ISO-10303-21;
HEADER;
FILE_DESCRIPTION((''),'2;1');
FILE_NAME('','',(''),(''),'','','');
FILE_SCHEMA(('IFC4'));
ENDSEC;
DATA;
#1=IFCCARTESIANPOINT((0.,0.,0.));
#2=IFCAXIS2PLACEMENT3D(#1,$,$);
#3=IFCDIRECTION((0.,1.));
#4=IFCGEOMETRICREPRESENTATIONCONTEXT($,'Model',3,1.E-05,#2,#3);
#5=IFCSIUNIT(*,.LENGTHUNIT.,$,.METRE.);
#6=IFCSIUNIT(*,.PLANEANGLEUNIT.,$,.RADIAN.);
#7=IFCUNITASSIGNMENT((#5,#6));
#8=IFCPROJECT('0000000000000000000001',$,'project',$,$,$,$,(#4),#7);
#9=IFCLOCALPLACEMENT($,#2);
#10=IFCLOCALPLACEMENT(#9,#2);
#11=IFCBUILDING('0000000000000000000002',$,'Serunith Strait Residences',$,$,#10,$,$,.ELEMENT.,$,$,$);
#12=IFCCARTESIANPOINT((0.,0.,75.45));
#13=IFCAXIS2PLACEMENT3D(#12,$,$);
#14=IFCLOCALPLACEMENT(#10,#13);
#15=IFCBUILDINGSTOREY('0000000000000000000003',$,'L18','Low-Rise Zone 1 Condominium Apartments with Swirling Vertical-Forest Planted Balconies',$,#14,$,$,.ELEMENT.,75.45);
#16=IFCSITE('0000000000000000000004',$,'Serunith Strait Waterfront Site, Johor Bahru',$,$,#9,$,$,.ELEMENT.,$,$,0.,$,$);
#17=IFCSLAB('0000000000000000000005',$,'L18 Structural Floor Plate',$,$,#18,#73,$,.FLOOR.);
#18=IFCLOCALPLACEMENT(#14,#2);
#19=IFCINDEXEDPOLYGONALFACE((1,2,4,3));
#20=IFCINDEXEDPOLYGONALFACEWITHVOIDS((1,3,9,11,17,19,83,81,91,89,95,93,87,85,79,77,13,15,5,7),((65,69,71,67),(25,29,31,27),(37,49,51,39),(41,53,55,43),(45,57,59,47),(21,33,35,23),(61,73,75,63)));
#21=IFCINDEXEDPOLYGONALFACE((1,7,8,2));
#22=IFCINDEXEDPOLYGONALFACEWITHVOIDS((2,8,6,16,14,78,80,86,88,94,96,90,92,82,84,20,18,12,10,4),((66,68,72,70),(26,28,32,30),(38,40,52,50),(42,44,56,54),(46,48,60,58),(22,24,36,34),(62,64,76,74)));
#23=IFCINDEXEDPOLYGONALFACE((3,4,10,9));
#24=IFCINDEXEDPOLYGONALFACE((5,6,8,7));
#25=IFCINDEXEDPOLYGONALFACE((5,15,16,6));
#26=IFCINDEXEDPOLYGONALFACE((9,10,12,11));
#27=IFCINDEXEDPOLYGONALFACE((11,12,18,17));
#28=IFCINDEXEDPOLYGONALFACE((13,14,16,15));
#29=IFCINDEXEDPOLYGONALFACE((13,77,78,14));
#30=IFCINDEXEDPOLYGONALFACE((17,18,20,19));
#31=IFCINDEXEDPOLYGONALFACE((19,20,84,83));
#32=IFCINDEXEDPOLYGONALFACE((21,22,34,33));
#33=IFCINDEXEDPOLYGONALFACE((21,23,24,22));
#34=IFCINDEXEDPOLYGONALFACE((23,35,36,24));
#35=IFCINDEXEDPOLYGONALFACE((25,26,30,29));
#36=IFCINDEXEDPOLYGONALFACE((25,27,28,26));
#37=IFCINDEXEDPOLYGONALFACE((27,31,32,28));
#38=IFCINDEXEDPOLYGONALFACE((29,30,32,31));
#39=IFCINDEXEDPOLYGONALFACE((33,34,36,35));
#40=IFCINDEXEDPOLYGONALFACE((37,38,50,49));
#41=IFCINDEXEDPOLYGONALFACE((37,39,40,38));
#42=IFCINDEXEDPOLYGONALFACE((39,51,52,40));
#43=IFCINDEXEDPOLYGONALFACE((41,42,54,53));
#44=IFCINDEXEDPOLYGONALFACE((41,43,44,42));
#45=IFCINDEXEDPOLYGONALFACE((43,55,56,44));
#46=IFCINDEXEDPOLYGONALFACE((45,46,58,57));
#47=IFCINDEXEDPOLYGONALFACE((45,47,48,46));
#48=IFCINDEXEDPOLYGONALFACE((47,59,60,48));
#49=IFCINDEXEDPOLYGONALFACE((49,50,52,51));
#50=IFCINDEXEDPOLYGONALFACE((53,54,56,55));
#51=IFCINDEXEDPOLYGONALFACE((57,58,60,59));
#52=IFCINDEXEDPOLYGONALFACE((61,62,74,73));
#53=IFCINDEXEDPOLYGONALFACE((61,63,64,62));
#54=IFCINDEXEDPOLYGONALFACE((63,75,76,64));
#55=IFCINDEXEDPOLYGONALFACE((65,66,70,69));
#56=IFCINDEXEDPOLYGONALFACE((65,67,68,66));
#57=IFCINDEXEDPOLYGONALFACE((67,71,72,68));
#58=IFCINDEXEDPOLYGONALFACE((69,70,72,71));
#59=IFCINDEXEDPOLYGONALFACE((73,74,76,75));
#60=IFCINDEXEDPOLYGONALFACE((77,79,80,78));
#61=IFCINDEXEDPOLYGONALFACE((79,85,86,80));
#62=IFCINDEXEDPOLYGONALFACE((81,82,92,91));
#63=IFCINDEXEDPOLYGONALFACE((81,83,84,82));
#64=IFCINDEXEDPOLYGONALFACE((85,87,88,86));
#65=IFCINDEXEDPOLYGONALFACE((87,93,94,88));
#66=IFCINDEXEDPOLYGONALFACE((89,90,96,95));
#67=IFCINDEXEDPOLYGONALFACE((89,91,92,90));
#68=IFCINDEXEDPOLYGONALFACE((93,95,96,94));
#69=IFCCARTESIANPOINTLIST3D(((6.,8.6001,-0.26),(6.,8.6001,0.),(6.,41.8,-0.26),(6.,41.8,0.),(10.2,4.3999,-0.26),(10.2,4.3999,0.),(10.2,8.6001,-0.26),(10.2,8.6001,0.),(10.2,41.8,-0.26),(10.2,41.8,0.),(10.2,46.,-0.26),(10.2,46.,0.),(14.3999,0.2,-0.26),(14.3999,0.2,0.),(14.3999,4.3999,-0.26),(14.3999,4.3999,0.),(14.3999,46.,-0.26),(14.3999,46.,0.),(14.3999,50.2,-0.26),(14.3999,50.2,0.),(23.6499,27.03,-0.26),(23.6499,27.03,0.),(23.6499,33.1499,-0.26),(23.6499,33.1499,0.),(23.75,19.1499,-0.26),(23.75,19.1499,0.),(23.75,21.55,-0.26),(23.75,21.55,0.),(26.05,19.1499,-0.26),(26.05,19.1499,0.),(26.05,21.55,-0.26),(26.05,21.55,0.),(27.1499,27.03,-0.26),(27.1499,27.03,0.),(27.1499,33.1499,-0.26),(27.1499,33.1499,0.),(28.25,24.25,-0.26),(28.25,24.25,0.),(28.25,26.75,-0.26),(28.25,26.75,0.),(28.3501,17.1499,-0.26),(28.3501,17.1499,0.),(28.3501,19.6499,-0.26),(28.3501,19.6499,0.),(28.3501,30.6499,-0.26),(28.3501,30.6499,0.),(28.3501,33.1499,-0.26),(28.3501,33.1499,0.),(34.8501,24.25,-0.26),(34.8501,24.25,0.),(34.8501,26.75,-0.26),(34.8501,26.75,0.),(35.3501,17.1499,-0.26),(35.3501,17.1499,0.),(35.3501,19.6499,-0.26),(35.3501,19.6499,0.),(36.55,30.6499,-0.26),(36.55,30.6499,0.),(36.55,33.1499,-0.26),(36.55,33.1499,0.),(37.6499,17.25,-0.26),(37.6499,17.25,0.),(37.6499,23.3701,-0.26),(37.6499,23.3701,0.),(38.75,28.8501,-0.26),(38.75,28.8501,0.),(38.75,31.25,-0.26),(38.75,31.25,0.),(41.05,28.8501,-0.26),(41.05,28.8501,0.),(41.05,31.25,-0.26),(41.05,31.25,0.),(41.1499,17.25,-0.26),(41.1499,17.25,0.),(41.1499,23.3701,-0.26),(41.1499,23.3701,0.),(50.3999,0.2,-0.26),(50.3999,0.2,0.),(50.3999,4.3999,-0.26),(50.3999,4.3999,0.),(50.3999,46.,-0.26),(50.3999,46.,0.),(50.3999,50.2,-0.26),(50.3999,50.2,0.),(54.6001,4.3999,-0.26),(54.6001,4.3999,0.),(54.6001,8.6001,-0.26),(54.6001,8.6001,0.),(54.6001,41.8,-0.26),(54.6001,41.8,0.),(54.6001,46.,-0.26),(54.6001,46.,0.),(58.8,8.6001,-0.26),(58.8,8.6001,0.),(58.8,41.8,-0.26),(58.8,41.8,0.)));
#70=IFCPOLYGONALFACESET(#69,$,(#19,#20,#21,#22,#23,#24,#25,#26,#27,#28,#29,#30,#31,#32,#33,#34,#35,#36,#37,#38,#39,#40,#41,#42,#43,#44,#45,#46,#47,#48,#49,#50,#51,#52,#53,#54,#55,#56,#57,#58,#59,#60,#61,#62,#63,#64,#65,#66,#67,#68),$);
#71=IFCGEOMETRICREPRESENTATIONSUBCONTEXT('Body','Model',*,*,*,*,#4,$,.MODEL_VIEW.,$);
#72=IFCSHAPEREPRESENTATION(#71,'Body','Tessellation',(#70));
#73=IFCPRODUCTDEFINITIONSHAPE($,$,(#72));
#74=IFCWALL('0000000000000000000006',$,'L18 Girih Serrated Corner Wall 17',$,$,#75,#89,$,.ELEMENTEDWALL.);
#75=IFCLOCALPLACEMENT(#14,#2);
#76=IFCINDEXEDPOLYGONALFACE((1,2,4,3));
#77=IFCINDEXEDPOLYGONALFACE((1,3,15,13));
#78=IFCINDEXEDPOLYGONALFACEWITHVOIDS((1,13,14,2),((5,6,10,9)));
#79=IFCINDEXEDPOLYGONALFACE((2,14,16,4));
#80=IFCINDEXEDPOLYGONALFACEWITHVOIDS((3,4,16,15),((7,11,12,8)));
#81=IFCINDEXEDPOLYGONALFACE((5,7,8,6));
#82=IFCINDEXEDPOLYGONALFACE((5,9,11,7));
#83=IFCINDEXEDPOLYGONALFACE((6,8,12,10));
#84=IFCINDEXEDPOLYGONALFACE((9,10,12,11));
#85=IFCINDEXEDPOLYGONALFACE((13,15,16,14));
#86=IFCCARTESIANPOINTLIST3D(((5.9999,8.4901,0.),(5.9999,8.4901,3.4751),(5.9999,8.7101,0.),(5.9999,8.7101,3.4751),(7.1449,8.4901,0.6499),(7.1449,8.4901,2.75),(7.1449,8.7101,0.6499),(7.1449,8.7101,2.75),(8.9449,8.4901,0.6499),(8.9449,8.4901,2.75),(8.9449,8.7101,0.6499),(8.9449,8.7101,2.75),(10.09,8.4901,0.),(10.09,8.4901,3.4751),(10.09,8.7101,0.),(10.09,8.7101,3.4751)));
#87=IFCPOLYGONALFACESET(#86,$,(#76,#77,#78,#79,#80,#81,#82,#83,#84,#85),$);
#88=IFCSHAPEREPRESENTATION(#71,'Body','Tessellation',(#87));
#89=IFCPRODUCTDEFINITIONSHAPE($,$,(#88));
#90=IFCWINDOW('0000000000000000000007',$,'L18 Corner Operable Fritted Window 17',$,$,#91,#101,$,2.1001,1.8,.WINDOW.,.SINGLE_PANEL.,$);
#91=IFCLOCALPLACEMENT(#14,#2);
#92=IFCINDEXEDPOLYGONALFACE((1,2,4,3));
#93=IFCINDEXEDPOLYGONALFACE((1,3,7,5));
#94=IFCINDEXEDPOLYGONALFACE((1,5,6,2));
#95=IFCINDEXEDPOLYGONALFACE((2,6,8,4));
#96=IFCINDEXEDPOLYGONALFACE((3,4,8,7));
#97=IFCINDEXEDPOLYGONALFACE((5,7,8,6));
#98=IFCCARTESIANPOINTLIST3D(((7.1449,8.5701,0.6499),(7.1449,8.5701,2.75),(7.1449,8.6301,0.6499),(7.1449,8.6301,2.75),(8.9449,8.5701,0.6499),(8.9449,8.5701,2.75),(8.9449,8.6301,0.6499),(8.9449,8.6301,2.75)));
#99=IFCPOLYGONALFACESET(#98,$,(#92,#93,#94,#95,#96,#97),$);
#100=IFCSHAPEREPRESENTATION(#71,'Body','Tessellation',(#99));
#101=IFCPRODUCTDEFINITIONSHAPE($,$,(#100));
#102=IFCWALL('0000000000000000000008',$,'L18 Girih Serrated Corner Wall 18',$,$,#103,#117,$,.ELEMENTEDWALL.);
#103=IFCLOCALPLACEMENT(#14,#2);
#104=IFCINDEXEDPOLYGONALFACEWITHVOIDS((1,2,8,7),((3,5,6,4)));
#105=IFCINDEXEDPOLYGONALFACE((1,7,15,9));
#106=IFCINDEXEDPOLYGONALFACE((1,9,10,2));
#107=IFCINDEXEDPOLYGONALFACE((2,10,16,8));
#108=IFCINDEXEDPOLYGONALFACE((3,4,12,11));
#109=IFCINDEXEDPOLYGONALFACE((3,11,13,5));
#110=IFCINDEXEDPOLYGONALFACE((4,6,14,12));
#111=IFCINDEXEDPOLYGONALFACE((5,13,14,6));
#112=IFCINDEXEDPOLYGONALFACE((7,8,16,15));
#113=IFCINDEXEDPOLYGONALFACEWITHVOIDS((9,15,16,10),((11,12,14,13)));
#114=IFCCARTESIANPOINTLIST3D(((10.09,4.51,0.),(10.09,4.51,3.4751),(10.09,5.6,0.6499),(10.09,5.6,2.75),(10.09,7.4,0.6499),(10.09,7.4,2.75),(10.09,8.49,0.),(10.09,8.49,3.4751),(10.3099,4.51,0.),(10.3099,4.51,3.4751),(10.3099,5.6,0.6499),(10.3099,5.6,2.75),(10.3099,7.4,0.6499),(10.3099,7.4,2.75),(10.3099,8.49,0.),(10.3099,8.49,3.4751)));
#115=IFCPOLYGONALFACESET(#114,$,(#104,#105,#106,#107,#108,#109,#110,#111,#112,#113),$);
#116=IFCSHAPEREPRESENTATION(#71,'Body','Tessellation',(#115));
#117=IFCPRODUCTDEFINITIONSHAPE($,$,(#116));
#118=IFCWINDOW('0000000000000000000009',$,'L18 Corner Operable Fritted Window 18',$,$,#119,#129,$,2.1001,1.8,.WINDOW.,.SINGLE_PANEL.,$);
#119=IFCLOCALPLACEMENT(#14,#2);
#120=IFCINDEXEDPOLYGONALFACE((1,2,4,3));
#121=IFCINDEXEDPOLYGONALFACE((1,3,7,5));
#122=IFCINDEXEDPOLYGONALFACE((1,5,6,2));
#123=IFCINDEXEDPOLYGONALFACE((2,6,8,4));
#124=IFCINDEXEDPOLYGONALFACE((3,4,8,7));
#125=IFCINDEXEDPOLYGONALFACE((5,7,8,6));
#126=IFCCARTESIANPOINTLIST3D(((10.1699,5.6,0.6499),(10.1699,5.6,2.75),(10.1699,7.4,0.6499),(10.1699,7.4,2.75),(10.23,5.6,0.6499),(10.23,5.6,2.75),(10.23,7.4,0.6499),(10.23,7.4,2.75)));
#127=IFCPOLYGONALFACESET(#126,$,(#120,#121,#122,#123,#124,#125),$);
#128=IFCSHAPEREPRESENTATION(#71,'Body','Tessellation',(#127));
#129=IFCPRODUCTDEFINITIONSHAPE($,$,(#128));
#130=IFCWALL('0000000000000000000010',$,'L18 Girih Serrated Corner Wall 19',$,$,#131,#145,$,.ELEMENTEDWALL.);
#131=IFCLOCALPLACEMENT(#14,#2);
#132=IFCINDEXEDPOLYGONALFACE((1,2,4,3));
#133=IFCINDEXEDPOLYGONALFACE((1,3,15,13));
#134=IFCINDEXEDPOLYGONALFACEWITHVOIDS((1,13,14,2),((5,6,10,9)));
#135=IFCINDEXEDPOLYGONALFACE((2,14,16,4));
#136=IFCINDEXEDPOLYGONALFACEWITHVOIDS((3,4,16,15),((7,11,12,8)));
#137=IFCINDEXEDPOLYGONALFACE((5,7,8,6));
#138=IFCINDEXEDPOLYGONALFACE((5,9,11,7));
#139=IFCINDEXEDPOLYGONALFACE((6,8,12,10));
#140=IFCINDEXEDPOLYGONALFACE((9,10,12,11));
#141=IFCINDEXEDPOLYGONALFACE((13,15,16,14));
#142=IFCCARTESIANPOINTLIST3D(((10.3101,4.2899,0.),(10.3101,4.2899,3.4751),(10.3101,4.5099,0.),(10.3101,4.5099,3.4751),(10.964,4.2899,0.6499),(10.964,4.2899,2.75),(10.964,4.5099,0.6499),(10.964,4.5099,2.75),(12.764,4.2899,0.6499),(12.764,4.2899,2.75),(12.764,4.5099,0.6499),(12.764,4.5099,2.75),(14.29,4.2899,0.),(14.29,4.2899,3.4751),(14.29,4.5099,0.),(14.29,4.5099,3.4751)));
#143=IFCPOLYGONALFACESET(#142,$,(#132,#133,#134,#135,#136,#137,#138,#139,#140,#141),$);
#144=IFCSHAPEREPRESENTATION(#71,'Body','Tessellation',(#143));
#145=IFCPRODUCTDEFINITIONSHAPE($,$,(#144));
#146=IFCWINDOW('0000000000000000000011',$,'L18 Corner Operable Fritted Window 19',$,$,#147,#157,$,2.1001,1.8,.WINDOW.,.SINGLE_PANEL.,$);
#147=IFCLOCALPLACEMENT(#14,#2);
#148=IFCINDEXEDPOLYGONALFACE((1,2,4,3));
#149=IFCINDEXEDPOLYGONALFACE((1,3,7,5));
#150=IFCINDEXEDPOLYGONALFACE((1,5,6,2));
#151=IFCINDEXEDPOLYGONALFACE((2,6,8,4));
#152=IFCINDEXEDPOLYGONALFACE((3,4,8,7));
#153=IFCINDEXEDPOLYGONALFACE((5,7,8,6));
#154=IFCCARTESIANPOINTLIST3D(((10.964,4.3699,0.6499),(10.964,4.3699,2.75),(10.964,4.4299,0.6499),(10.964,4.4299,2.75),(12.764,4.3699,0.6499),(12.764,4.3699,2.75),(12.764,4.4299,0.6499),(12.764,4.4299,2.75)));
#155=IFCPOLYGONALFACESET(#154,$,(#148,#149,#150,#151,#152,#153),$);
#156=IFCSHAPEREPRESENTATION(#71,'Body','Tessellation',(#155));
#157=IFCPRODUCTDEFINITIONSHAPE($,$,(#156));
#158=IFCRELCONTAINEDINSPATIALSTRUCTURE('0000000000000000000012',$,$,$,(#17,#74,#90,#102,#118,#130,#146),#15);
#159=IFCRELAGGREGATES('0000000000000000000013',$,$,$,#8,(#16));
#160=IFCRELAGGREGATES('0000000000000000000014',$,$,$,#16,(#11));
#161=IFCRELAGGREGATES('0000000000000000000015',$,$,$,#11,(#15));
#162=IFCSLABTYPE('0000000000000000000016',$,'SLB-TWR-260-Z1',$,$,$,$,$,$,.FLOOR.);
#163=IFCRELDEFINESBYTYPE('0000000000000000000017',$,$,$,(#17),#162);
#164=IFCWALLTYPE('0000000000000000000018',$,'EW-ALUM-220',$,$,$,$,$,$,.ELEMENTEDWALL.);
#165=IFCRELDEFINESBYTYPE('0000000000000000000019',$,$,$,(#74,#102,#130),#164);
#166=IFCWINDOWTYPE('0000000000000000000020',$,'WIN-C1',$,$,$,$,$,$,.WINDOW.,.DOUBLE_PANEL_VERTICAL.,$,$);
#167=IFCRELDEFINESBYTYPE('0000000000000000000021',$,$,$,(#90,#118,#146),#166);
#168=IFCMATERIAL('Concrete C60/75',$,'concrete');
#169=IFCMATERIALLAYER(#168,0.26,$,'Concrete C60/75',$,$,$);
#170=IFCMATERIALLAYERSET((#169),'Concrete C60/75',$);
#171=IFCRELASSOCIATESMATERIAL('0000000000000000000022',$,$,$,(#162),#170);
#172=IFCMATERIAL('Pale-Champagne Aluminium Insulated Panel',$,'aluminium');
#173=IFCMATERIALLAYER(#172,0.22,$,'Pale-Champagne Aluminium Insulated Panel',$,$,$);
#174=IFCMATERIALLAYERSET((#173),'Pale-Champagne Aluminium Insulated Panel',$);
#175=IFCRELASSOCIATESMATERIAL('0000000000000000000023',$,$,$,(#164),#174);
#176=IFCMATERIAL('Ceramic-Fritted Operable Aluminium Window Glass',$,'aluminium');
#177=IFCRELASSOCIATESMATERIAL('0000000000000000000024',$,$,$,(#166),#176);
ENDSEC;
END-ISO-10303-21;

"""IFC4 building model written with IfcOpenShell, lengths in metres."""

from ifc_helpers import new_model, si_unit, direction, frame, frame_2d, origin, place, context, subcontext, project, spatial, polyline, rectangle, outline, extrude, source, transform, mapped, material, layer, layer_set, type_object, element, fill, save


model = new_model("IFC4")

# Units and contexts
model_context = context("Model", 3, precision=1e-05, world=origin(), true_north=direction((0.0, 1.0)))
body_context = subcontext(model_context, "Body", "Model", "MODEL_VIEW")
ifc_project = project(units=[si_unit("LENGTHUNIT", "METRE"), si_unit("PLANEANGLEUNIT", "RADIAN")], contexts=[model_context])

# Site, building, storey
site_placement = place(None, origin())
site = spatial("IfcSite", under=ifc_project, at=site_placement, Name="Serunith Strait Waterfront Site, Johor Bahru", CompositionType="ELEMENT", RefElevation=0.0)
building_placement = place(site_placement, origin())
building = spatial("IfcBuilding", under=site, at=building_placement, Name="Serunith Strait Residences", CompositionType="ELEMENT")
storey_placement = place(building_placement, frame((0.0, 0.0, 75.45)))
storey = spatial("IfcBuildingStorey", under=building, at=storey_placement, Name="L18", Description="Low-Rise Zone 1 Condominium Apartments with Swirling Vertical-Forest Planted Balconies", CompositionType="ELEMENT", Elevation=75.45)

# Slab
ifc_material_1 = material(Name="Concrete C60/75", Category="concrete")
ifc_layer_1 = layer(ifc_material_1, 0.26, Name="Concrete C60/75")
ifc_layer_set_1 = layer_set([ifc_layer_1], Name="Concrete C60/75")
slab_type_1 = type_object("IfcSlabType", Name="SLB-TWR-260-Z1", PredefinedType="FLOOR", material=ifc_layer_set_1)
slab_1_placement = place(storey_placement, frame((0.0, 0.0, -0.26)))
element("IfcSlab", 1, at=slab_1_placement, inside=storey, type_object=slab_type_1, Name="L18 Structural Floor Plate", PredefinedType="FLOOR", context=body_context, shape_type="SweptSolid", body=[
    extrude(outline(polyline([(14.3999, 4.3999), (10.2, 4.3999), (10.2, 8.6001), (6.0, 8.6001), (6.0, 41.8), (10.2, 41.8), (10.2, 46.0), (14.3999, 46.0), (14.3999, 50.2), (50.3999, 50.2), (50.3999, 46.0), (54.6001, 46.0), (54.6001, 41.8), (58.8, 41.8), (58.8, 8.6001), (54.6001, 8.6001), (54.6001, 4.3999), (50.3999, 4.3999), (50.3999, 0.2), (14.3999, 0.2), (14.3999, 4.3999)]), holes=[polyline([(41.1499, 17.25), (41.1499, 23.3701), (37.6499, 23.3701), (37.6499, 17.25), (41.1499, 17.25)]), polyline([(41.05, 31.25), (38.75, 31.25), (38.75, 28.8501), (41.05, 28.8501), (41.05, 31.25)]), polyline([(36.55, 33.1499), (28.3501, 33.1499), (28.3501, 30.6499), (36.55, 30.6499), (36.55, 33.1499)]), polyline([(28.3501, 19.6499), (28.3501, 17.1499), (35.3501, 17.1499), (35.3501, 19.6499), (28.3501, 19.6499)]), polyline([(34.8501, 26.75), (28.25, 26.75), (28.25, 24.25), (34.8501, 24.25), (34.8501, 26.75)]), polyline([(23.6499, 33.1499), (23.6499, 27.03), (27.1499, 27.03), (27.1499, 33.1499), (23.6499, 33.1499)]), polyline([(26.05, 21.55), (23.75, 21.55), (23.75, 19.1499), (26.05, 19.1499), (26.05, 21.55)])]), origin(), (0.0, 0.0, 1.0), 0.26),
])

# Walls, openings, windows
ifc_material_2 = material(Name="Pale-Champagne Aluminium Insulated Panel", Category="aluminium")
ifc_layer_2 = layer(ifc_material_2, 0.22, Name="Pale-Champagne Aluminium Insulated Panel")
ifc_layer_set_2 = layer_set([ifc_layer_2], Name="Pale-Champagne Aluminium Insulated Panel")
wall_type_1 = type_object("IfcWallType", Name="EW-ALUM-220", PredefinedType="ELEMENTEDWALL", material=ifc_layer_set_2)
wall_1_placement = place(storey_placement, frame((6.0, 8.6001, 0.0), z_axis=(0.0, 0.0, 1.0), x_axis=(1.0, 0.0, 0.0)))
wall_1 = element("IfcWall", 2, at=wall_1_placement, inside=storey, type_object=wall_type_1, Name="L18 Girih Serrated Corner Wall 17", PredefinedType="ELEMENTEDWALL", context=body_context, shape_type="SweptSolid", body=[
    extrude(rectangle(XDim=4.0901, YDim=0.22, at=frame_2d((2.0449, 0.0))), origin(), (0.0, 0.0, 1.0), 3.4751),
])
opening_1_placement = place(wall_1_placement, frame((1.145, 0.0, 0.6499)))
opening_1 = element("IfcOpeningElement", 3, at=opening_1_placement, cuts=wall_1, PredefinedType="OPENING", context=body_context, shape_type="SweptSolid", body=[
    extrude(rectangle(XDim=1.8, YDim=2.1001, at=frame_2d((0.8999, 1.05))), frame((0.0, 0.1201, 0.0), z_axis=(0.0, -1.0, 0.0), x_axis=(1.0, 0.0, 0.0)), (0.0, 0.0, 1.0), 0.24),
])
ifc_material_3 = material(Name="Ceramic-Fritted Operable Aluminium Window Glass", Category="aluminium")
window_type = type_object("IfcWindowType", Name="WIN-C1", PartitioningType="DOUBLE_PANEL_VERTICAL", PredefinedType="WINDOW", material=ifc_material_3)
shared_shape_1 = source(origin(), body_context, "Body", "SweptSolid", [
    extrude(rectangle(XDim=1.8, YDim=2.1001, at=frame_2d((0.8999, 1.05))), frame((0.0, 0.03, 0.0), z_axis=(0.0, -1.0, 0.0), x_axis=(1.0, 0.0, 0.0)), (0.0, 0.0, 1.0), 0.0601),
])
window_1_placement = place(opening_1_placement, origin())
window_1 = element("IfcWindow", 4, at=window_1_placement, inside=storey, type_object=window_type, Name="L18 Corner Operable Fritted Window 17", OverallHeight=2.1001, OverallWidth=1.8, PartitioningType="SINGLE_PANEL", PredefinedType="WINDOW", context=body_context, shape_type="MappedRepresentation", body=[
    mapped(shared_shape_1, transform((0.0, 0.0, 0.0), scale=1.0)),
])
fill(opening_1, window_1)
wall_2_placement = place(storey_placement, frame((10.2, 8.49, 0.0), z_axis=(0.0, 0.0, 1.0), x_axis=(0.0, -1.0, 0.0)))
wall_2 = element("IfcWall", 5, at=wall_2_placement, inside=storey, type_object=wall_type_1, Name="L18 Girih Serrated Corner Wall 18", PredefinedType="ELEMENTEDWALL", context=body_context, shape_type="SweptSolid", body=[
    extrude(rectangle(XDim=3.98, YDim=0.22, at=frame_2d((1.99, 0.0))), origin(), (0.0, 0.0, 1.0), 3.4751),
])
opening_2_placement = place(wall_2_placement, frame((1.0901, 0.0, 0.6499)))
opening_2 = element("IfcOpeningElement", 6, at=opening_2_placement, cuts=wall_2, PredefinedType="OPENING", context=body_context, shape_type="SweptSolid", body=[
    extrude(rectangle(XDim=1.8, YDim=2.1001, at=frame_2d((0.8999, 1.05))), frame((0.0, 0.1201, 0.0), z_axis=(0.0, -1.0, 0.0), x_axis=(1.0, 0.0, 0.0)), (0.0, 0.0, 1.0), 0.24),
])
window_2_placement = place(opening_2_placement, origin())
window_2 = element("IfcWindow", 7, at=window_2_placement, inside=storey, type_object=window_type, Name="L18 Corner Operable Fritted Window 18", OverallHeight=2.1001, OverallWidth=1.8, PartitioningType="SINGLE_PANEL", PredefinedType="WINDOW", context=body_context, shape_type="MappedRepresentation", body=[
    mapped(shared_shape_1, transform((0.0, 0.0, 0.0), scale=1.0)),
])
fill(opening_2, window_2)
wall_3_placement = place(storey_placement, frame((10.3101, 4.3999, 0.0), z_axis=(0.0, 0.0, 1.0), x_axis=(1.0, 0.0, 0.0)))
wall_3 = element("IfcWall", 8, at=wall_3_placement, inside=storey, type_object=wall_type_1, Name="L18 Girih Serrated Corner Wall 19", PredefinedType="ELEMENTEDWALL", context=body_context, shape_type="SweptSolid", body=[
    extrude(rectangle(XDim=3.98, YDim=0.22, at=frame_2d((1.99, 0.0))), origin(), (0.0, 0.0, 1.0), 3.4751),
])
opening_3_placement = place(wall_3_placement, frame((0.6541, 0.0, 0.6499)))
opening_3 = element("IfcOpeningElement", 9, at=opening_3_placement, cuts=wall_3, PredefinedType="OPENING", context=body_context, shape_type="SweptSolid", body=[
    extrude(rectangle(XDim=1.8, YDim=2.1001, at=frame_2d((0.8999, 1.05))), frame((0.0, 0.1201, 0.0), z_axis=(0.0, -1.0, 0.0), x_axis=(1.0, 0.0, 0.0)), (0.0, 0.0, 1.0), 0.24),
])
window_3_placement = place(opening_3_placement, origin())
window_3 = element("IfcWindow", 10, at=window_3_placement, inside=storey, type_object=window_type, Name="L18 Corner Operable Fritted Window 19", OverallHeight=2.1001, OverallWidth=1.8, PartitioningType="SINGLE_PANEL", PredefinedType="WINDOW", context=body_context, shape_type="MappedRepresentation", body=[
    mapped(shared_shape_1, transform((0.0, 0.0, 0.0), scale=1.0)),
])
fill(opening_3, window_3)

save(model, "model.ifc")
